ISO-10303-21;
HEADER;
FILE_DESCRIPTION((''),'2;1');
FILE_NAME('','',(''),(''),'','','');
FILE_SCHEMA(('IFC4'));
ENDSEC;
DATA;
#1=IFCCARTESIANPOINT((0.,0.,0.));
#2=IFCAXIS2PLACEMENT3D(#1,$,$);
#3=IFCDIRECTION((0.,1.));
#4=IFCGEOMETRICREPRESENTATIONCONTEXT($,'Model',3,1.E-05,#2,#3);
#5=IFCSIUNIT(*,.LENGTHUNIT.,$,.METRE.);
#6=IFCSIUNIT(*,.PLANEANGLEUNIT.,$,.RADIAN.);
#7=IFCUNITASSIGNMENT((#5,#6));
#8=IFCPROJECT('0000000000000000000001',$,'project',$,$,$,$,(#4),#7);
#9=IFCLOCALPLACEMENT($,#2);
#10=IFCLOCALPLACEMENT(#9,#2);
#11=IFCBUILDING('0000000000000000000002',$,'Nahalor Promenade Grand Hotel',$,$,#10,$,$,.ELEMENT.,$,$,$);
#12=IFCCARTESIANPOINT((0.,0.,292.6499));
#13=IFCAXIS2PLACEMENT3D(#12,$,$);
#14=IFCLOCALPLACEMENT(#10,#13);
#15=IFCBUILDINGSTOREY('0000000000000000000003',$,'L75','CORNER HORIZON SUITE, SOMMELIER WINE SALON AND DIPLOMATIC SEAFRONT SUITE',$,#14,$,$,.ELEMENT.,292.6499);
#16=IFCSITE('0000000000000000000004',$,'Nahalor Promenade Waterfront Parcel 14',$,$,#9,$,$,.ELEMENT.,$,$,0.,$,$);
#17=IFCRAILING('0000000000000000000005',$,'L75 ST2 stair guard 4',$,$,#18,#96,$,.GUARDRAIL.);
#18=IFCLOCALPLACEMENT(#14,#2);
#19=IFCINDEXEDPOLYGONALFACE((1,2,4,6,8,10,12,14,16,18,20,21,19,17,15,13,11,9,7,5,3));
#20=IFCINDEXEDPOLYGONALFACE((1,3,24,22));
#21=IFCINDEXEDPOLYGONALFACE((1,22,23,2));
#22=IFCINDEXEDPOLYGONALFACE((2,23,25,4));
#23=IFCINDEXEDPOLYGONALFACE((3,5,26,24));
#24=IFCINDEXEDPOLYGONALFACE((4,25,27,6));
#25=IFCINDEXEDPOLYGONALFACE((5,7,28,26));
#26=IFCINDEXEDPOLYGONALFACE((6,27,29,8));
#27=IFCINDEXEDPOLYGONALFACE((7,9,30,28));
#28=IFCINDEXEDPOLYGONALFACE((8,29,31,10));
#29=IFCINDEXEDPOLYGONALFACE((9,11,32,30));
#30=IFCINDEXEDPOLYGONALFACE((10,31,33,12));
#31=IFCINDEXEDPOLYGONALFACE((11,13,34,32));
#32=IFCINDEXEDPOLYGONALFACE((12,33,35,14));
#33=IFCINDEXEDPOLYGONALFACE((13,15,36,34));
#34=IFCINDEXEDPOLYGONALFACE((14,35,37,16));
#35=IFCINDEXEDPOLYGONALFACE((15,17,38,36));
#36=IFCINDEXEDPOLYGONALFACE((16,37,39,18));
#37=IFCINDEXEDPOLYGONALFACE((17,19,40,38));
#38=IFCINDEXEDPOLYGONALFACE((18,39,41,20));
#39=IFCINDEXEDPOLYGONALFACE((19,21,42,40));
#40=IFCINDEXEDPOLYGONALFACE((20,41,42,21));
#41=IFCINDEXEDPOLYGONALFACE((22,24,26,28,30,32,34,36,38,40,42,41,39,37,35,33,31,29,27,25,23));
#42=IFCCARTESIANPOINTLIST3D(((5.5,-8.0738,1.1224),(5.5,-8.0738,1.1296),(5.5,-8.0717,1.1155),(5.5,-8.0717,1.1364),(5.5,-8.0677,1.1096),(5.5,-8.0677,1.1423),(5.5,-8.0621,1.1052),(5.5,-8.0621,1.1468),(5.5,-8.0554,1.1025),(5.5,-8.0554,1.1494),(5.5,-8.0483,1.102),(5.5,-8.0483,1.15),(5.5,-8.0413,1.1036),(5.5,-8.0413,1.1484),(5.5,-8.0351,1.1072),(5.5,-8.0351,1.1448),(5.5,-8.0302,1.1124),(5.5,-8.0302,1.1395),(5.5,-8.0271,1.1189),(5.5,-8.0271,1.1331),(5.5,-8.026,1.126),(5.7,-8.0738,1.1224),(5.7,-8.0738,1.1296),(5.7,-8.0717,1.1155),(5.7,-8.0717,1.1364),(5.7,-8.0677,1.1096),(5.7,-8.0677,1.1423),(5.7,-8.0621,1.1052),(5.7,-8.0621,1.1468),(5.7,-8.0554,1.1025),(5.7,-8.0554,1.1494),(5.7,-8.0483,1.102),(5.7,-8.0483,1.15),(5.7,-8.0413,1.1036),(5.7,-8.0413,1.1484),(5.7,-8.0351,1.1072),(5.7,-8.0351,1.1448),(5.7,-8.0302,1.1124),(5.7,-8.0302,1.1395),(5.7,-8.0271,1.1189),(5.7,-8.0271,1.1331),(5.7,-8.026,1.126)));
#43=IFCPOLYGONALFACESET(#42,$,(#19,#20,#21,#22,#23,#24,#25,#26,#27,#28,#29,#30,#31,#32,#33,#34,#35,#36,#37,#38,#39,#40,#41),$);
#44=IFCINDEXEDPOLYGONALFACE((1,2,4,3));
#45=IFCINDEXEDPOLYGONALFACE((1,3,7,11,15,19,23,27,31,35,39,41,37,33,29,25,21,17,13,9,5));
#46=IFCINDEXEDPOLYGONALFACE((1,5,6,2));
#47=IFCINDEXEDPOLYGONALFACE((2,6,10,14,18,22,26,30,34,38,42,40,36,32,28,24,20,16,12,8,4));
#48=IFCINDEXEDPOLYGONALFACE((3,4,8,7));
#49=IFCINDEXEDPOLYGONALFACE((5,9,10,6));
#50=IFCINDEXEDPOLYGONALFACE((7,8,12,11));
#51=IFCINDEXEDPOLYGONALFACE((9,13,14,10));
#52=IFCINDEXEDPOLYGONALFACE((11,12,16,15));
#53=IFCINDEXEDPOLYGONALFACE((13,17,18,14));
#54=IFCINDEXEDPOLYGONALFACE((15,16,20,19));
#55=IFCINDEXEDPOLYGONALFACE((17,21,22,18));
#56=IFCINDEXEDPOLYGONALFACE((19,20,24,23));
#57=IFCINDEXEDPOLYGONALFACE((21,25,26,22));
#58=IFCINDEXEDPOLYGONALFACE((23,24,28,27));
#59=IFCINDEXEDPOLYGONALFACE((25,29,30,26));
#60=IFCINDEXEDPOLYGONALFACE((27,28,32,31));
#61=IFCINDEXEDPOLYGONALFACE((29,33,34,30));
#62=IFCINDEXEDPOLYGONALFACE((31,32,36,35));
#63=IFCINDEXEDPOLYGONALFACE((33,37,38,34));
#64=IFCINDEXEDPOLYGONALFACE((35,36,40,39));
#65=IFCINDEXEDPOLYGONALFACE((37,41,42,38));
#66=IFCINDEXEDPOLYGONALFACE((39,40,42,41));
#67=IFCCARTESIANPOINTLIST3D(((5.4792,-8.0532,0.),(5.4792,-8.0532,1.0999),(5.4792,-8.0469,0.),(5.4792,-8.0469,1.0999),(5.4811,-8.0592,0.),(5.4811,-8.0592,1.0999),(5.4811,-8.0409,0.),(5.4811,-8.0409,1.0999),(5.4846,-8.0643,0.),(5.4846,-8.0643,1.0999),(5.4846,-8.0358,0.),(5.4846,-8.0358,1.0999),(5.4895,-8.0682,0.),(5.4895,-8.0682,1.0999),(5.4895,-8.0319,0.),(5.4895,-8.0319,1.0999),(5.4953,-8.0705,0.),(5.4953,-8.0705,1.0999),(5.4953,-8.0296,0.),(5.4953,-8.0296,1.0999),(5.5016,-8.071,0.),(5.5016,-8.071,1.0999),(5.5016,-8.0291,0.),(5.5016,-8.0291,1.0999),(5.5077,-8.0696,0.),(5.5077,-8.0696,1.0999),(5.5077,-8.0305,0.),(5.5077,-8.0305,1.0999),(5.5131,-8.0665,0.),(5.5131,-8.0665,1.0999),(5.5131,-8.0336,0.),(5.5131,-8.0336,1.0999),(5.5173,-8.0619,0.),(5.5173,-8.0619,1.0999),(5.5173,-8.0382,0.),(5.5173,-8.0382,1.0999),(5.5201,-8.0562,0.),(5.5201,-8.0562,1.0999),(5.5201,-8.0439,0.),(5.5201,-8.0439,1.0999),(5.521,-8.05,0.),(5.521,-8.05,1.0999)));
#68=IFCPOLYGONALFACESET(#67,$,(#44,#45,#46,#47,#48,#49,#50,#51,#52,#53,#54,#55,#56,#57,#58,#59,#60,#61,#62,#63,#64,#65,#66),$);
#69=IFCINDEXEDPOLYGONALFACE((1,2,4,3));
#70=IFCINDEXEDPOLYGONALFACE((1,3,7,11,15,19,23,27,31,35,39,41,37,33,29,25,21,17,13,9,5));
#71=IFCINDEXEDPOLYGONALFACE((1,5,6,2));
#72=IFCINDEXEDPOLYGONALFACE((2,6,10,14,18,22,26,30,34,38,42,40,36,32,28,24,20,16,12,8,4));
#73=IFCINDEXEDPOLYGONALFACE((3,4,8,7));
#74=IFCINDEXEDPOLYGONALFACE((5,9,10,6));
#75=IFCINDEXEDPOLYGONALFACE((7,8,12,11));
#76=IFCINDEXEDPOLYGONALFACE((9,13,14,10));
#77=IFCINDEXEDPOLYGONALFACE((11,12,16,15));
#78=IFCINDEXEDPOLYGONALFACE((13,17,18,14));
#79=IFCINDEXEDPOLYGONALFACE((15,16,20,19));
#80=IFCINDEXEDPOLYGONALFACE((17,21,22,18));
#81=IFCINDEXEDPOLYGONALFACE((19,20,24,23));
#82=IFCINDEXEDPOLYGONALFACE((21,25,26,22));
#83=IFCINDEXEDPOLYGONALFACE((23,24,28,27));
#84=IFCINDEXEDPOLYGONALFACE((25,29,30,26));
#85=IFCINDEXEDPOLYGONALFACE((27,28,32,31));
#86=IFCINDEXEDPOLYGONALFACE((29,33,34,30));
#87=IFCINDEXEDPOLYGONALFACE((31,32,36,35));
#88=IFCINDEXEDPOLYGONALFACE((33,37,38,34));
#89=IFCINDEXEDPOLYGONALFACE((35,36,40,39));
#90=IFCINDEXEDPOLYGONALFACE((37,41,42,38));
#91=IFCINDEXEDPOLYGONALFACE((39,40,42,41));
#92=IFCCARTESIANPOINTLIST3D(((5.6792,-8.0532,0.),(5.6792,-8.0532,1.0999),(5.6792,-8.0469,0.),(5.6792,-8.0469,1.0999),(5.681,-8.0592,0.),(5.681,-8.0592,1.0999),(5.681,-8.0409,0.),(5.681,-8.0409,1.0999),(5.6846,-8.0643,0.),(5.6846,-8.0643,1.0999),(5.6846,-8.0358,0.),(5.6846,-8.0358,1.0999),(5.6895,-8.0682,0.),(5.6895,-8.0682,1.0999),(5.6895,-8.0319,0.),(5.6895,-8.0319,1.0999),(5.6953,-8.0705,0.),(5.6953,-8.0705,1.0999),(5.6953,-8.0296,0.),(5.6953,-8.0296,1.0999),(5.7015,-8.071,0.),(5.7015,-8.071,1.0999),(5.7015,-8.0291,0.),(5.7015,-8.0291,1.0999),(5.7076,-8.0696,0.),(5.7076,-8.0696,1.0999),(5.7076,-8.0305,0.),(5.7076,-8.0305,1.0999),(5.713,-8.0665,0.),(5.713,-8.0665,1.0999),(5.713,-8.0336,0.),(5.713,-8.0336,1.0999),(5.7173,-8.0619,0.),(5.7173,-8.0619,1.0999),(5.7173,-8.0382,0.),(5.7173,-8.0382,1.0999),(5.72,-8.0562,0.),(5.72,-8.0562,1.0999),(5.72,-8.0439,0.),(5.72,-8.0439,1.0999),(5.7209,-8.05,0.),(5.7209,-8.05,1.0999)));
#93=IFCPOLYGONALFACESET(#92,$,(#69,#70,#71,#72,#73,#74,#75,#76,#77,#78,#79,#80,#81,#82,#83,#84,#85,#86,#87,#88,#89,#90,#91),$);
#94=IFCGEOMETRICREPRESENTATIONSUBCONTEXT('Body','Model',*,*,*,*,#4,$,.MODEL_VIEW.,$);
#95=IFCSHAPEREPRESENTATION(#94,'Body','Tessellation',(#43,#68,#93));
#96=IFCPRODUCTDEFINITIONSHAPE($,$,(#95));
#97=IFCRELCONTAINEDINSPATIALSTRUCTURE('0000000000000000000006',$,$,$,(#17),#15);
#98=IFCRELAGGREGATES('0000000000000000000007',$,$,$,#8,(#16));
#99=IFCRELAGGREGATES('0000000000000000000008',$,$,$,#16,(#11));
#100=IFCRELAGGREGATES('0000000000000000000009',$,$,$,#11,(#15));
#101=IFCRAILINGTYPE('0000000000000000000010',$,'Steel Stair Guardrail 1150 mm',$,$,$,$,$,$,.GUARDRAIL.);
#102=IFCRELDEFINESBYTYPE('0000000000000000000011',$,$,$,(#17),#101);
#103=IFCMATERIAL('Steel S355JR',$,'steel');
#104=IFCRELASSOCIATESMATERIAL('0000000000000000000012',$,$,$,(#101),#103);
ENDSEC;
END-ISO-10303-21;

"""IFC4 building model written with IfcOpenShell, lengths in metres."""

from ifc_helpers import new_model, si_unit, direction, frame, origin, origin_2d, place, context, subcontext, project, spatial, circle, extrude, material, type_object, element, save


model = new_model("IFC4")

# Units and contexts
model_context = context("Model", 3, precision=1e-05, world=origin(), true_north=direction((0.0, 1.0)))
body_context = subcontext(model_context, "Body", "Model", "MODEL_VIEW")
ifc_project = project(units=[si_unit("LENGTHUNIT", "METRE"), si_unit("PLANEANGLEUNIT", "RADIAN")], contexts=[model_context])

# Site, building, storey
site_placement = place(None, origin())
site = spatial("IfcSite", under=ifc_project, at=site_placement, Name="Nahalor Promenade Waterfront Parcel 14", CompositionType="ELEMENT", RefElevation=0.0)
building_placement = place(site_placement, origin())
building = spatial("IfcBuilding", under=site, at=building_placement, Name="Nahalor Promenade Grand Hotel", CompositionType="ELEMENT")
storey_placement = place(building_placement, frame((0.0, 0.0, 292.6499)))
storey = spatial("IfcBuildingStorey", under=building, at=storey_placement, Name="L75", Description="CORNER HORIZON SUITE, SOMMELIER WINE SALON AND DIPLOMATIC SEAFRONT SUITE", CompositionType="ELEMENT", Elevation=292.6499)

# Shared definitions
ifc_material_1 = material(Name="Steel S355JR", Category="steel")

# Railing
railing_type_1 = type_object("IfcRailingType", Name="Steel Stair Guardrail 1150 mm", PredefinedType="GUARDRAIL", material=ifc_material_1)
railing_1_placement = place(storey_placement, frame((5.5, -8.05, 0.0)))
element("IfcRailing", 1, at=railing_1_placement, inside=storey, type_object=railing_type_1, Name="L75 ST2 stair guard 4", PredefinedType="GUARDRAIL", context=body_context, shape_type="SweptSolid", body=[
    extrude(circle(Radius=0.024, at=origin_2d()), frame((0.0, 0.0, 1.126), z_axis=(1.0, 0.0, 0.0), x_axis=(0.0, 1.0, 0.0)), (0.0, 0.0, 1.0), 0.2),
    extrude(circle(Radius=0.021, at=origin_2d()), origin(), (0.0, 0.0, 1.0), 1.0999),
    extrude(circle(Radius=0.021, at=origin_2d()), frame((0.2, 0.0, 0.0)), (0.0, 0.0, 1.0), 1.0999),
])

save(model, "model.ifc")
